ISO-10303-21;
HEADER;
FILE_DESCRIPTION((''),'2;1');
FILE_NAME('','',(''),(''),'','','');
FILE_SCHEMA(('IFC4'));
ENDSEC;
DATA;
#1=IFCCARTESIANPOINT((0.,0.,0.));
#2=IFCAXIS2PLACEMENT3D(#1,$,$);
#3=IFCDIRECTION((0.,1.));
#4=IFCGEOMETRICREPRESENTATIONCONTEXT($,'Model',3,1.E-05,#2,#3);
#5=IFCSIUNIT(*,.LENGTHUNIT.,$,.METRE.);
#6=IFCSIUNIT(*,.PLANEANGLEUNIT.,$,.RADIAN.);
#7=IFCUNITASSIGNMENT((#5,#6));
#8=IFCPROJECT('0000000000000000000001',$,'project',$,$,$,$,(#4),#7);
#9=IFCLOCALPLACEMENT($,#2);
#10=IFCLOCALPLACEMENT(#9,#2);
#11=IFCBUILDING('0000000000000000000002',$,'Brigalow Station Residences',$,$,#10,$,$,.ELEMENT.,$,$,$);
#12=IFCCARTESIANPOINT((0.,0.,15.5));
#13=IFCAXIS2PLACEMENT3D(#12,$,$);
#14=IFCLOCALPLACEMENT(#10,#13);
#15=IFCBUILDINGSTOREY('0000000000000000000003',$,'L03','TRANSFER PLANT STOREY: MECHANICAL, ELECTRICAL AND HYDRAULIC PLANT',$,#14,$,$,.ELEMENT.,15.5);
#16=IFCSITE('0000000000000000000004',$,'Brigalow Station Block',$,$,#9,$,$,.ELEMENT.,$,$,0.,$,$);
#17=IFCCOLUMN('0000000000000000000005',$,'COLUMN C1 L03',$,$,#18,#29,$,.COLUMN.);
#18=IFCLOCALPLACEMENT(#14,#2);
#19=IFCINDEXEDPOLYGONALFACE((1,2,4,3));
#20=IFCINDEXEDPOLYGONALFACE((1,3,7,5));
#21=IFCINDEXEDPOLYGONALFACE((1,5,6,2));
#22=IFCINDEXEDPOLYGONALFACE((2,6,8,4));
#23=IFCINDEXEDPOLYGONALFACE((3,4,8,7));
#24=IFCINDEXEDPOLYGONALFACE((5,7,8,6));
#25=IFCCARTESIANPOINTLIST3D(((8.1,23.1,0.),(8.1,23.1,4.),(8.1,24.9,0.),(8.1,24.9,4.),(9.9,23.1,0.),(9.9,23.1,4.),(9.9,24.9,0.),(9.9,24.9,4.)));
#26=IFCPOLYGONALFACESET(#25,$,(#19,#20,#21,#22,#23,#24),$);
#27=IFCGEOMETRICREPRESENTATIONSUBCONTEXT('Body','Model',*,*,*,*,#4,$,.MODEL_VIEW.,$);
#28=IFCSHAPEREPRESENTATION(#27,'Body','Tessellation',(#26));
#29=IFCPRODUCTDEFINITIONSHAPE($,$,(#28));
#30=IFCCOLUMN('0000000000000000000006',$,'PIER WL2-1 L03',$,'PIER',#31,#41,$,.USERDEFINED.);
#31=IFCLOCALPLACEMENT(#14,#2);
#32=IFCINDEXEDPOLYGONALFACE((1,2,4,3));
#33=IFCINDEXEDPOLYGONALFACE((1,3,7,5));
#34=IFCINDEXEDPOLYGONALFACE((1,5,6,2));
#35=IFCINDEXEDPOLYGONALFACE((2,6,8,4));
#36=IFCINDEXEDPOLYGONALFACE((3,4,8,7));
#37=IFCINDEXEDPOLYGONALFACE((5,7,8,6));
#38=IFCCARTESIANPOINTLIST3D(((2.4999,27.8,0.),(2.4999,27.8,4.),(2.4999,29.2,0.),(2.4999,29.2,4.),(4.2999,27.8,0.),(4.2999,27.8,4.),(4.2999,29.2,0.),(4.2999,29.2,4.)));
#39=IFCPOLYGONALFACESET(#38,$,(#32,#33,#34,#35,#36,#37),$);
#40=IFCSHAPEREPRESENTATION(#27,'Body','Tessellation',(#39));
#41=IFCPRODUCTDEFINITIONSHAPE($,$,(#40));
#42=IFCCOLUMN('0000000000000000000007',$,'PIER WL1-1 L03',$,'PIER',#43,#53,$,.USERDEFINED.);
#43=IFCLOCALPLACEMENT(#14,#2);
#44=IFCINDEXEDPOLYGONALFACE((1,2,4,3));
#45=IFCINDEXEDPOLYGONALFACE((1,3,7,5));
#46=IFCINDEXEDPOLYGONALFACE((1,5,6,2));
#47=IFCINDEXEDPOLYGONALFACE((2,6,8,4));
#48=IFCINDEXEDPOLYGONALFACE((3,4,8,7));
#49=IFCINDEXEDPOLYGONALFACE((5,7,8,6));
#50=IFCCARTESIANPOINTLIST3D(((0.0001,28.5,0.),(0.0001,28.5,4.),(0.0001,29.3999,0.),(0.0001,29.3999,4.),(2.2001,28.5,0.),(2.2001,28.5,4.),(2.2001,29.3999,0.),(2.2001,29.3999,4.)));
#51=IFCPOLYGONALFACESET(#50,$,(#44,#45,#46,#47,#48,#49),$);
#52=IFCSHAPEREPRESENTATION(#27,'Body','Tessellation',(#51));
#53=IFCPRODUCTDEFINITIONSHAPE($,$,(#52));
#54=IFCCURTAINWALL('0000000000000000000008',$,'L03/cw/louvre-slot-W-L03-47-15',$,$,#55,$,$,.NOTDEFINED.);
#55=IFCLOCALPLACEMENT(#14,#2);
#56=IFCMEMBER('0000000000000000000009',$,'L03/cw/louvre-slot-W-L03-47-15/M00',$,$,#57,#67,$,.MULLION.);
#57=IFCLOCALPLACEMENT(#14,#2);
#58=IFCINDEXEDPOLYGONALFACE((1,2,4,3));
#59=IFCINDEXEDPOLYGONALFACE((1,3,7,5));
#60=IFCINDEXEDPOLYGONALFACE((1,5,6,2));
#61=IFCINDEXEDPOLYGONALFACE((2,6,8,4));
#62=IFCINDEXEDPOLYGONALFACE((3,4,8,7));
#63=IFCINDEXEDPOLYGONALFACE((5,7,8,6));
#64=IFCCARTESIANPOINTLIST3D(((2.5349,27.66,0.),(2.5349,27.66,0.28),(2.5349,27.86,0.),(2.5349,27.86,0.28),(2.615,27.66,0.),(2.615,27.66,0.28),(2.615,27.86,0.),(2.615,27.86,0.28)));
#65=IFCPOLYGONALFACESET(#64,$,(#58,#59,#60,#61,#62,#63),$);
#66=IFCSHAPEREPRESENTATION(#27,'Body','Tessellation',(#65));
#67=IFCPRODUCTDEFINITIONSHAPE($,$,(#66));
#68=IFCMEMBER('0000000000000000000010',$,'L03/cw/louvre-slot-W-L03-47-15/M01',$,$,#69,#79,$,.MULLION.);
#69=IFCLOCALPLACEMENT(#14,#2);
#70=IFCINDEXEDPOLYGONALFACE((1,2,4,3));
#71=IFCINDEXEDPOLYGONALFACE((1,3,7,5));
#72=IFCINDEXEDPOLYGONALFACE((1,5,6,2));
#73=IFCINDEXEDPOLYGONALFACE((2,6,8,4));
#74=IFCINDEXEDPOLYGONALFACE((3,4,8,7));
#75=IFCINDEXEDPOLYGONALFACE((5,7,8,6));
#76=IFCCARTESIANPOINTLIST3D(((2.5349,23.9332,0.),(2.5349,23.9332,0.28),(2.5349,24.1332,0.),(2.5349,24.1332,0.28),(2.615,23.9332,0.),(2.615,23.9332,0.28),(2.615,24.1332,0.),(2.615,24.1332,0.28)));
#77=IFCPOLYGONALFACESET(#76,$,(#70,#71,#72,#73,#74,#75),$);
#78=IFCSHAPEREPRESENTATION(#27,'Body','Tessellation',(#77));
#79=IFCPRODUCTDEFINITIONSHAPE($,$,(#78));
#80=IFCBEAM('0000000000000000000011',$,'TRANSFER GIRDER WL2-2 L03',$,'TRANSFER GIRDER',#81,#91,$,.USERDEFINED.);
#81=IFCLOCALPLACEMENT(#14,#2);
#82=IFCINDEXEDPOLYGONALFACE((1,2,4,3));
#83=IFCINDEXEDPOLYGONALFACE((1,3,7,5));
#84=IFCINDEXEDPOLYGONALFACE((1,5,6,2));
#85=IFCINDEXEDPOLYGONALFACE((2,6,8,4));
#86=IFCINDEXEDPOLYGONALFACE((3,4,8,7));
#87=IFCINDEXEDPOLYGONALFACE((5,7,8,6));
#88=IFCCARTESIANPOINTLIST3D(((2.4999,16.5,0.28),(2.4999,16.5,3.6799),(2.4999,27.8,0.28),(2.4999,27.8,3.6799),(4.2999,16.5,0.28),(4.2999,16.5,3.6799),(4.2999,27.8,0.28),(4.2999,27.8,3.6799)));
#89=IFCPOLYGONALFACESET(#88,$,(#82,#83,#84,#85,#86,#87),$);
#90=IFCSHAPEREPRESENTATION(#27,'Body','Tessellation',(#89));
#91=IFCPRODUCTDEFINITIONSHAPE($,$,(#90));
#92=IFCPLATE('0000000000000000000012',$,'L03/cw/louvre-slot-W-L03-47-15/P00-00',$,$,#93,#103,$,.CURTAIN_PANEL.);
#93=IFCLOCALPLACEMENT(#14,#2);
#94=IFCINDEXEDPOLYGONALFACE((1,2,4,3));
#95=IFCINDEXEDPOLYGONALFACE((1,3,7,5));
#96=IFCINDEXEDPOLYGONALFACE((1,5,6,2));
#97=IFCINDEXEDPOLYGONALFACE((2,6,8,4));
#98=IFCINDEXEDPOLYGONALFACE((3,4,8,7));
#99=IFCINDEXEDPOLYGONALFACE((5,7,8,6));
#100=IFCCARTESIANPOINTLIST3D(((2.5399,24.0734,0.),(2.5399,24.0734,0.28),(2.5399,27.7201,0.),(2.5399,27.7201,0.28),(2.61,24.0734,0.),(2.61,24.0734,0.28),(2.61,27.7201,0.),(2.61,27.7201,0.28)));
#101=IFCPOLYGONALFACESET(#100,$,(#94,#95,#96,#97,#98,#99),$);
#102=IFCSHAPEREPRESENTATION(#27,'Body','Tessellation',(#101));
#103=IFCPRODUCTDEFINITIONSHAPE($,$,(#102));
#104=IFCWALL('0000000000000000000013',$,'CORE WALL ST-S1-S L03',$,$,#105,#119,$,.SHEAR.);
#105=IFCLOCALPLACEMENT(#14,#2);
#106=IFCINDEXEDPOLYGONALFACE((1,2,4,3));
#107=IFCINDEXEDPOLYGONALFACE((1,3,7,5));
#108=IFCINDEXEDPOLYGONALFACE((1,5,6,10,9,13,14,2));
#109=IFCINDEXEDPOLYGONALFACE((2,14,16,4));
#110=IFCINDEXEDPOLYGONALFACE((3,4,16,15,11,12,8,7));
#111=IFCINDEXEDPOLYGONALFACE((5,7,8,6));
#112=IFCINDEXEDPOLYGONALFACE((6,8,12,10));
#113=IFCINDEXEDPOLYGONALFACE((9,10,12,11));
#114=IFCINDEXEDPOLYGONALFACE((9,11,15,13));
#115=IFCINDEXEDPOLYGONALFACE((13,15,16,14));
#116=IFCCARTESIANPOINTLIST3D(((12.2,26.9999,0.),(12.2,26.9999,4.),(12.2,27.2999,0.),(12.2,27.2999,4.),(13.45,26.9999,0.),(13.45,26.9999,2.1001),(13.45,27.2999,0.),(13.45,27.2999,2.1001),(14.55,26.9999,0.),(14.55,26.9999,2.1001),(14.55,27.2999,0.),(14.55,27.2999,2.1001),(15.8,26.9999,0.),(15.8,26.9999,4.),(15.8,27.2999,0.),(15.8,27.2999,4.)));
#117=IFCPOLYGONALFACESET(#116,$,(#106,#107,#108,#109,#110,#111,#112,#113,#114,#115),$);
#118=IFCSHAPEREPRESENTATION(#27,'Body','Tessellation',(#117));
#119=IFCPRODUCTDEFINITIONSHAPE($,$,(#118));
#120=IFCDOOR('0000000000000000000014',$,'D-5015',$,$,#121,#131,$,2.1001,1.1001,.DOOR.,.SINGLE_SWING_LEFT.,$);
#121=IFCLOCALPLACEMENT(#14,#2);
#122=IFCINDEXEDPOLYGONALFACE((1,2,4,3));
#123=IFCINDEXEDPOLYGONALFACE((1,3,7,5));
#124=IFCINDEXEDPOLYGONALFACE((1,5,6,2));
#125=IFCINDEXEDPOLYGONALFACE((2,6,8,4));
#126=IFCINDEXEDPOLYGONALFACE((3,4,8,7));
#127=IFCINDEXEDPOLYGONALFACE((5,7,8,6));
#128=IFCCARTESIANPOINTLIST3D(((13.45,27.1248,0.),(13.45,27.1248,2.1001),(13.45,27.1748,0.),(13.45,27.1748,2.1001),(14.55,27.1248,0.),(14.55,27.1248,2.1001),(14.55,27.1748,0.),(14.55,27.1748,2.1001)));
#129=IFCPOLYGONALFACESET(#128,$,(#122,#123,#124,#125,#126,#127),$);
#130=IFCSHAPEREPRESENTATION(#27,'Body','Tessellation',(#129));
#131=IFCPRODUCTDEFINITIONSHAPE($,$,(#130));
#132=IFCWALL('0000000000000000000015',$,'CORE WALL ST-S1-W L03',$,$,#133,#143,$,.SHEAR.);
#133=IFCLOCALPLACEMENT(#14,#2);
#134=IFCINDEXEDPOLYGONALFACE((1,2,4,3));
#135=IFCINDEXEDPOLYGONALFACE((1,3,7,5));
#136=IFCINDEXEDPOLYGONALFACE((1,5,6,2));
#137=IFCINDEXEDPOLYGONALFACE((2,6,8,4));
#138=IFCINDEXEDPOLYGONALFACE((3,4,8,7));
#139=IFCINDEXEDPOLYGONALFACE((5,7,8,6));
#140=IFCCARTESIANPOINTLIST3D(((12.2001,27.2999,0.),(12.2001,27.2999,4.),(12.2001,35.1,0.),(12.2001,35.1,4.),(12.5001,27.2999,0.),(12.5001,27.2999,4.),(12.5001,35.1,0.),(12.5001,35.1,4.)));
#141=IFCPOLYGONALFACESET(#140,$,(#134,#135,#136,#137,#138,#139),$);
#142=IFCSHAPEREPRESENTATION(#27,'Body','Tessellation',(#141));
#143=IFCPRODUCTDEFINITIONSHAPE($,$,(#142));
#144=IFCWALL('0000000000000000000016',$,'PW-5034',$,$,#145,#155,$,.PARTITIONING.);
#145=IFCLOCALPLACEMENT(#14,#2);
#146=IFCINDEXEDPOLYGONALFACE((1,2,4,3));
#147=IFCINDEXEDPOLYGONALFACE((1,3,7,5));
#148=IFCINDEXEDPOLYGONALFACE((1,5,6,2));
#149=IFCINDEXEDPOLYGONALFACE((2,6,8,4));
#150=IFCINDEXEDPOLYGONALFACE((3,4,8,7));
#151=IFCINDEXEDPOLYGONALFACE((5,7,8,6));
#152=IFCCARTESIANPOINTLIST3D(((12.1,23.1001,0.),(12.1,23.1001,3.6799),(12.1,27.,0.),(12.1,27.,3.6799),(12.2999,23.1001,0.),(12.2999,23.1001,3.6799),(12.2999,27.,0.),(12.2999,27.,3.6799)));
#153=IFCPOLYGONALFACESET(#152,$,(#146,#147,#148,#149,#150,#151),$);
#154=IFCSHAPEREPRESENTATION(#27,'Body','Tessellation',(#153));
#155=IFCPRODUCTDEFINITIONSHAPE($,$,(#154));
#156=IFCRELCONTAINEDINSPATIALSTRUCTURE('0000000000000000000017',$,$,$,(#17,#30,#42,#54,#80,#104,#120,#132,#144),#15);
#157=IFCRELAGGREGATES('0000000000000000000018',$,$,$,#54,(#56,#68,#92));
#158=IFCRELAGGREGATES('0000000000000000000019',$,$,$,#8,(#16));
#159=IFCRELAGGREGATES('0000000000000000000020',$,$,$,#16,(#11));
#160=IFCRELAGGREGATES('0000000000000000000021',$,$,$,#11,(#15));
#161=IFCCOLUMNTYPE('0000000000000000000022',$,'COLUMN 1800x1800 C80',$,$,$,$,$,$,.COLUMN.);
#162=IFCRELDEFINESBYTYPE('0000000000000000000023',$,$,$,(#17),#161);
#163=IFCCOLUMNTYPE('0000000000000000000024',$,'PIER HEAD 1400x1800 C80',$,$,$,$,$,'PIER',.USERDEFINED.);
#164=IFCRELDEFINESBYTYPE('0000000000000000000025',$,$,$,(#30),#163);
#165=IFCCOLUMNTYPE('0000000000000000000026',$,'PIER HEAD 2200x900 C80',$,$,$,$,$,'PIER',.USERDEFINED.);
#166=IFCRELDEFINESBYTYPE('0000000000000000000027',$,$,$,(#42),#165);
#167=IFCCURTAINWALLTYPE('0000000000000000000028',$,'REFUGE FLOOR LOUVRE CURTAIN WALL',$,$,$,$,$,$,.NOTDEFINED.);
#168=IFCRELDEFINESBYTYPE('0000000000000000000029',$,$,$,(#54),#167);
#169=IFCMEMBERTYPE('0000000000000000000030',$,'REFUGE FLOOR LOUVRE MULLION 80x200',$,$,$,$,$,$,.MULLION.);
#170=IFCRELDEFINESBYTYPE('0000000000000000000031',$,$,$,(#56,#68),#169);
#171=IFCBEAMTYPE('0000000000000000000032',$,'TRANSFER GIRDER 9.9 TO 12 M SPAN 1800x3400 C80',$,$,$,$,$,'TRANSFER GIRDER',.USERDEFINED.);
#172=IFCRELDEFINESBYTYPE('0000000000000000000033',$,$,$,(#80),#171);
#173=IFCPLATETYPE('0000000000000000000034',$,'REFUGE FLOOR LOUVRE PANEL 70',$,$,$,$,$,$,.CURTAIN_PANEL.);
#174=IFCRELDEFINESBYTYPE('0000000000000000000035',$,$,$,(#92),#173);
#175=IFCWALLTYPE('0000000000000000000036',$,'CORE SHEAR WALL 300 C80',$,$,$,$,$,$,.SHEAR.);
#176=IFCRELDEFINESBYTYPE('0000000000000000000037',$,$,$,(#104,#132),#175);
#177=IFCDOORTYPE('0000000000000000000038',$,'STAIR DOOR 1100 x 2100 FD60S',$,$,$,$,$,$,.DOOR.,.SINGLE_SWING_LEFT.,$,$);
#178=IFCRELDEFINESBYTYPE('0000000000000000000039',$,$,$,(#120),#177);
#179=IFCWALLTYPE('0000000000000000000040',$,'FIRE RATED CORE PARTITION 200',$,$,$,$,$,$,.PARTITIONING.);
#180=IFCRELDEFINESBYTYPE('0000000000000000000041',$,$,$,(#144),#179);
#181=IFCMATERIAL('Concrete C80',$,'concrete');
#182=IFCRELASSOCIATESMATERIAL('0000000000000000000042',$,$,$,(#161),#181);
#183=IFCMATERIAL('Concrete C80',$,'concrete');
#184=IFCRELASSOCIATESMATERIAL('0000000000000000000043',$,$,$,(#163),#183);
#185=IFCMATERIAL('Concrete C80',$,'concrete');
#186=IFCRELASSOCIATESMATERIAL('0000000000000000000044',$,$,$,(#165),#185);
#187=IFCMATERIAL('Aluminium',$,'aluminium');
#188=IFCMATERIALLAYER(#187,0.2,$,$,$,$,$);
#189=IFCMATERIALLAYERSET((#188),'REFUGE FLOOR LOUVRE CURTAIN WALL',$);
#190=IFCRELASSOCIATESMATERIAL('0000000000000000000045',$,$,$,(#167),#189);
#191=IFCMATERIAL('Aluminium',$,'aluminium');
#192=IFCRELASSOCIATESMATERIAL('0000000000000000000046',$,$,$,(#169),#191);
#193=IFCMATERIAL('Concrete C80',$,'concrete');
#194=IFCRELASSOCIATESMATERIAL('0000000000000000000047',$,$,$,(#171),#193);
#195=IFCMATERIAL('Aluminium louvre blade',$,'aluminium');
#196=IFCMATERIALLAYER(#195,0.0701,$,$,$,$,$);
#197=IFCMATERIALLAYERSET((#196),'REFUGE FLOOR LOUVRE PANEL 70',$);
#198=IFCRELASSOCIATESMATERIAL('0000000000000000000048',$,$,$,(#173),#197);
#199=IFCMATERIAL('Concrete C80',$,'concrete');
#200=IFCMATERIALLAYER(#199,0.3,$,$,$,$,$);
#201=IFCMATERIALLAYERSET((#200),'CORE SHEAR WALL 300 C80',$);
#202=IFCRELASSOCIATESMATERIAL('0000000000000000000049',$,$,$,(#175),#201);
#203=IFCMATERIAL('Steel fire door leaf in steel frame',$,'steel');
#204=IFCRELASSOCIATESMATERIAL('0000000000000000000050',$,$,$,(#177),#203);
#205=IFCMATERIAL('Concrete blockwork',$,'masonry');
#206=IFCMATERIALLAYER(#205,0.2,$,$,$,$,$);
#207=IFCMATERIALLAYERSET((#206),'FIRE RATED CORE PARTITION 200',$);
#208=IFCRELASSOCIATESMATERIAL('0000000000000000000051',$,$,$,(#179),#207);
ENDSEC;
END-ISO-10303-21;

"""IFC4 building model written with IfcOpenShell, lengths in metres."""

from ifc_helpers import new_model, si_unit, direction, frame, frame_2d, origin, origin_2d, place, context, subcontext, project, spatial, rectangle, extrude, material, layer, layer_set, material_profile, profile_set, type_object, element, fill, aggregate, save


model = new_model("IFC4")

# Units and contexts
model_context = context("Model", 3, precision=1e-05, world=origin(), true_north=direction((0.0, 1.0)))
body_context = subcontext(model_context, "Body", "Model", "MODEL_VIEW")
ifc_project = project(units=[si_unit("LENGTHUNIT", "METRE"), si_unit("PLANEANGLEUNIT", "RADIAN")], contexts=[model_context])

# Site, building, storey
site_placement = place(None, origin())
site = spatial("IfcSite", under=ifc_project, at=site_placement, Name="Brigalow Station Block", CompositionType="ELEMENT", RefElevation=0.0)
building_placement = place(site_placement, origin())
building = spatial("IfcBuilding", under=site, at=building_placement, Name="Brigalow Station Residences", CompositionType="ELEMENT")
storey_placement = place(building_placement, frame((0.0, 0.0, 15.5)))
storey = spatial("IfcBuildingStorey", under=building, at=storey_placement, Name="L03", Description="TRANSFER PLANT STOREY: MECHANICAL, ELECTRICAL AND HYDRAULIC PLANT", CompositionType="ELEMENT", Elevation=15.5)

# Columns
ifc_material_1 = material(Name="Concrete C80", Category="concrete")
ifc_material_profile_1 = material_profile(ifc_material_1, rectangle(XDim=1.8, YDim=1.8, at=origin_2d()), Name="RC1800x1800")
ifc_profile_set_1 = profile_set([ifc_material_profile_1], Name="Concrete C80")
column_type_1 = type_object("IfcColumnType", Name="COLUMN 1800x1800 C80", PredefinedType="COLUMN", material=ifc_profile_set_1)
column_1_placement = place(storey_placement, frame((9.0, 24.0, 0.0), z_axis=(0.0, 0.0, 1.0), x_axis=(1.0, 0.0, 0.0)))
element("IfcColumn", 1, at=column_1_placement, inside=storey, type_object=column_type_1, Name="COLUMN C1 L03", PredefinedType="COLUMN", context=body_context, shape_type="SweptSolid", body=[
    extrude(rectangle(XDim=1.8, YDim=1.8, at=origin_2d()), origin(), (0.0, 0.0, 1.0), 4.0),
])
ifc_material_2 = material(Name="Concrete C80", Category="concrete")
ifc_material_profile_2 = material_profile(ifc_material_2, rectangle(XDim=1.3999, YDim=1.8, at=origin_2d()), Name="RC1400x1800")
ifc_profile_set_2 = profile_set([ifc_material_profile_2], Name="Concrete C80")
column_type_2 = type_object("IfcColumnType", Name="PIER HEAD 1400x1800 C80", ElementType="PIER", PredefinedType="USERDEFINED", material=ifc_profile_set_2)
column_2_placement = place(storey_placement, frame((3.3999, 28.5, 0.0), z_axis=(0.0, 0.0, 1.0), x_axis=(0.0, -1.0, 0.0)))
element("IfcColumn", 2, at=column_2_placement, inside=storey, type_object=column_type_2, Name="PIER WL2-1 L03", ObjectType="PIER", PredefinedType="USERDEFINED", context=body_context, shape_type="SweptSolid", body=[
    extrude(rectangle(XDim=1.3999, YDim=1.8, at=origin_2d()), origin(), (0.0, 0.0, 1.0), 4.0),
])
ifc_material_3 = material(Name="Concrete C80", Category="concrete")
ifc_material_profile_3 = material_profile(ifc_material_3, rectangle(XDim=2.2, YDim=0.8999, at=origin_2d()), Name="RC2200x900")
ifc_profile_set_3 = profile_set([ifc_material_profile_3], Name="Concrete C80")
column_type_3 = type_object("IfcColumnType", Name="PIER HEAD 2200x900 C80", ElementType="PIER", PredefinedType="USERDEFINED", material=ifc_profile_set_3)
column_3_placement = place(storey_placement, frame((1.1001, 28.95, 0.0), z_axis=(0.0, 0.0, 1.0), x_axis=(1.0, 0.0, 0.0)))
element("IfcColumn", 3, at=column_3_placement, inside=storey, type_object=column_type_3, Name="PIER WL1-1 L03", ObjectType="PIER", PredefinedType="USERDEFINED", context=body_context, shape_type="SweptSolid", body=[
    extrude(rectangle(XDim=2.2, YDim=0.8999, at=origin_2d()), origin(), (0.0, 0.0, 1.0), 4.0),
])

# Curtain wall, members
ifc_material_4 = material(Name="Aluminium", Category="aluminium")
ifc_layer_1 = layer(ifc_material_4, 0.2)
ifc_layer_set_1 = layer_set([ifc_layer_1], Name="REFUGE FLOOR LOUVRE CURTAIN WALL")
curtain_wall_type = type_object("IfcCurtainWallType", Name="REFUGE FLOOR LOUVRE CURTAIN WALL", PredefinedType="NOTDEFINED", material=ifc_layer_set_1)
curtain_wall_placement = place(storey_placement, origin())
curtain_wall = element("IfcCurtainWall", 4, at=curtain_wall_placement, inside=storey, type_object=curtain_wall_type, Name="L03/cw/louvre-slot-W-L03-47-15", PredefinedType="NOTDEFINED")
ifc_material_5 = material(Name="Aluminium", Category="aluminium")
ifc_material_profile_4 = material_profile(ifc_material_5, rectangle(XDim=0.0801, YDim=0.2, at=origin_2d()), Name="REFUGE FLOOR LOUVRE MULLION 80x200")
ifc_profile_set_4 = profile_set([ifc_material_profile_4], Name="Aluminium")
member_type = type_object("IfcMemberType", Name="REFUGE FLOOR LOUVRE MULLION 80x200", PredefinedType="MULLION", material=ifc_profile_set_4)
member_1_placement = place(storey_placement, frame((2.575, 27.76, 0.0), z_axis=(0.0, 0.0, 1.0), x_axis=(1.0, 0.0, 0.0)))
member_1 = element("IfcMember", 5, at=member_1_placement, type_object=member_type, Name="L03/cw/louvre-slot-W-L03-47-15/M00", PredefinedType="MULLION", context=body_context, shape_type="SweptSolid", body=[
    extrude(rectangle(XDim=0.0801, YDim=0.2, at=origin_2d()), origin(), (0.0, 0.0, 1.0), 0.28),
])
member_2_placement = place(storey_placement, frame((2.575, 24.0332, 0.0), z_axis=(0.0, 0.0, 1.0), x_axis=(1.0, 0.0, 0.0)))
member_2 = element("IfcMember", 6, at=member_2_placement, type_object=member_type, Name="L03/cw/louvre-slot-W-L03-47-15/M01", PredefinedType="MULLION", context=body_context, shape_type="SweptSolid", body=[
    extrude(rectangle(XDim=0.0801, YDim=0.2, at=origin_2d()), origin(), (0.0, 0.0, 1.0), 0.28),
])

# Beam
ifc_material_6 = material(Name="Concrete C80", Category="concrete")
ifc_material_profile_5 = material_profile(ifc_material_6, rectangle(XDim=1.8, YDim=3.3999, at=origin_2d()), Name="RC1800x3400")
ifc_profile_set_5 = profile_set([ifc_material_profile_5], Name="Concrete C80")
beam_type = type_object("IfcBeamType", Name="TRANSFER GIRDER 9.9 TO 12 M SPAN 1800x3400 C80", ElementType="TRANSFER GIRDER", PredefinedType="USERDEFINED", material=ifc_profile_set_5)
beam_placement = place(storey_placement, frame((3.3999, 27.8, 1.98), z_axis=(0.0, -1.0, 0.0), x_axis=(1.0, 0.0, 0.0)))
element("IfcBeam", 7, at=beam_placement, inside=storey, type_object=beam_type, Name="TRANSFER GIRDER WL2-2 L03", ObjectType="TRANSFER GIRDER", PredefinedType="USERDEFINED", context=body_context, shape_type="SweptSolid", body=[
    extrude(rectangle(XDim=1.8, YDim=3.3999, at=origin_2d()), origin(), (0.0, 0.0, 1.0), 11.3),
])

# Plate
ifc_material_7 = material(Name="Aluminium louvre blade", Category="aluminium")
ifc_layer_2 = layer(ifc_material_7, 0.0701)
ifc_layer_set_2 = layer_set([ifc_layer_2], Name="REFUGE FLOOR LOUVRE PANEL 70")
plate_type = type_object("IfcPlateType", Name="REFUGE FLOOR LOUVRE PANEL 70", PredefinedType="CURTAIN_PANEL", material=ifc_layer_set_2)
plate_placement = place(storey_placement, frame((2.575, 25.8967, 0.0), z_axis=(0.0, 0.0, 1.0), x_axis=(0.0, -1.0, 0.0)))
plate = element("IfcPlate", 8, at=plate_placement, type_object=plate_type, Name="L03/cw/louvre-slot-W-L03-47-15/P00-00", PredefinedType="CURTAIN_PANEL", context=body_context, shape_type="SweptSolid", body=[
    extrude(rectangle(XDim=3.6467, YDim=0.0701, at=origin_2d()), origin(), (0.0, 0.0, 1.0), 0.28),
])
aggregate(curtain_wall, [member_1, member_2, plate])

# Wall, opening, door
ifc_material_8 = material(Name="Concrete C80", Category="concrete")
ifc_layer_3 = layer(ifc_material_8, 0.3)
ifc_layer_set_3 = layer_set([ifc_layer_3], Name="CORE SHEAR WALL 300 C80")
wall_type_1 = type_object("IfcWallType", Name="CORE SHEAR WALL 300 C80", PredefinedType="SHEAR", material=ifc_layer_set_3)
wall_1_placement = place(storey_placement, frame((12.2, 27.1499, 0.0), z_axis=(0.0, 0.0, 1.0), x_axis=(1.0, 0.0, 0.0)))
wall_1 = element("IfcWall", 9, at=wall_1_placement, inside=storey, type_object=wall_type_1, Name="CORE WALL ST-S1-S L03", PredefinedType="SHEAR", context=body_context, shape_type="SweptSolid", body=[
    extrude(rectangle(XDim=3.6001, YDim=0.3, at=frame_2d((1.8, 0.0))), origin(), (0.0, 0.0, 1.0), 4.0),
])
opening_placement = place(wall_1_placement, frame((1.25, 0.0, 0.0)))
opening = element("IfcOpeningElement", 10, at=opening_placement, cuts=wall_1, PredefinedType="OPENING", context=body_context, shape_type="SweptSolid", body=[
    extrude(rectangle(XDim=1.1001, YDim=2.1001, at=frame_2d((0.55, 1.05))), frame((0.0, 0.1602, 0.0), z_axis=(0.0, -1.0, 0.0), x_axis=(1.0, 0.0, 0.0)), (0.0, 0.0, 1.0), 0.3201),
])
ifc_material_9 = material(Name="Steel fire door leaf in steel frame", Category="steel")
door_type = type_object("IfcDoorType", Name="STAIR DOOR 1100 x 2100 FD60S", OperationType="SINGLE_SWING_LEFT", PredefinedType="DOOR", material=ifc_material_9)
door_placement = place(opening_placement, origin())
door = element("IfcDoor", 11, at=door_placement, inside=storey, type_object=door_type, Name="D-5015", OperationType="SINGLE_SWING_LEFT", OverallHeight=2.1001, OverallWidth=1.1001, PredefinedType="DOOR", context=body_context, shape_type="SweptSolid", body=[
    extrude(rectangle(XDim=1.1001, YDim=2.1001, at=frame_2d((0.55, 1.05))), frame((0.0, 0.0249, 0.0), z_axis=(0.0, -1.0, 0.0), x_axis=(1.0, 0.0, 0.0)), (0.0, 0.0, 1.0), 0.05),
])
fill(opening, door)

# Walls
wall_2_placement = place(storey_placement, frame((12.3501, 27.3, 0.0), z_axis=(0.0, 0.0, 1.0), x_axis=(0.0, 1.0, 0.0)))
element("IfcWall", 12, at=wall_2_placement, inside=storey, type_object=wall_type_1, Name="CORE WALL ST-S1-W L03", PredefinedType="SHEAR", context=body_context, shape_type="SweptSolid", body=[
    extrude(rectangle(XDim=7.8, YDim=0.3, at=frame_2d((3.8999, 0.0))), origin(), (0.0, 0.0, 1.0), 4.0),
])
ifc_material_10 = material(Name="Concrete blockwork", Category="masonry")
ifc_layer_4 = layer(ifc_material_10, 0.2)
ifc_layer_set_4 = layer_set([ifc_layer_4], Name="FIRE RATED CORE PARTITION 200")
wall_type_2 = type_object("IfcWallType", Name="FIRE RATED CORE PARTITION 200", PredefinedType="PARTITIONING", material=ifc_layer_set_4)
wall_3_placement = place(storey_placement, frame((12.2, 23.1001, 0.0), z_axis=(0.0, 0.0, 1.0), x_axis=(0.0, 1.0, 0.0)))
element("IfcWall", 13, at=wall_3_placement, inside=storey, type_object=wall_type_2, Name="PW-5034", PredefinedType="PARTITIONING", context=body_context, shape_type="SweptSolid", body=[
    extrude(rectangle(XDim=3.8999, YDim=0.2, at=frame_2d((1.95, 0.0))), origin(), (0.0, 0.0, 1.0), 3.6799),
])

save(model, "model.ifc")
